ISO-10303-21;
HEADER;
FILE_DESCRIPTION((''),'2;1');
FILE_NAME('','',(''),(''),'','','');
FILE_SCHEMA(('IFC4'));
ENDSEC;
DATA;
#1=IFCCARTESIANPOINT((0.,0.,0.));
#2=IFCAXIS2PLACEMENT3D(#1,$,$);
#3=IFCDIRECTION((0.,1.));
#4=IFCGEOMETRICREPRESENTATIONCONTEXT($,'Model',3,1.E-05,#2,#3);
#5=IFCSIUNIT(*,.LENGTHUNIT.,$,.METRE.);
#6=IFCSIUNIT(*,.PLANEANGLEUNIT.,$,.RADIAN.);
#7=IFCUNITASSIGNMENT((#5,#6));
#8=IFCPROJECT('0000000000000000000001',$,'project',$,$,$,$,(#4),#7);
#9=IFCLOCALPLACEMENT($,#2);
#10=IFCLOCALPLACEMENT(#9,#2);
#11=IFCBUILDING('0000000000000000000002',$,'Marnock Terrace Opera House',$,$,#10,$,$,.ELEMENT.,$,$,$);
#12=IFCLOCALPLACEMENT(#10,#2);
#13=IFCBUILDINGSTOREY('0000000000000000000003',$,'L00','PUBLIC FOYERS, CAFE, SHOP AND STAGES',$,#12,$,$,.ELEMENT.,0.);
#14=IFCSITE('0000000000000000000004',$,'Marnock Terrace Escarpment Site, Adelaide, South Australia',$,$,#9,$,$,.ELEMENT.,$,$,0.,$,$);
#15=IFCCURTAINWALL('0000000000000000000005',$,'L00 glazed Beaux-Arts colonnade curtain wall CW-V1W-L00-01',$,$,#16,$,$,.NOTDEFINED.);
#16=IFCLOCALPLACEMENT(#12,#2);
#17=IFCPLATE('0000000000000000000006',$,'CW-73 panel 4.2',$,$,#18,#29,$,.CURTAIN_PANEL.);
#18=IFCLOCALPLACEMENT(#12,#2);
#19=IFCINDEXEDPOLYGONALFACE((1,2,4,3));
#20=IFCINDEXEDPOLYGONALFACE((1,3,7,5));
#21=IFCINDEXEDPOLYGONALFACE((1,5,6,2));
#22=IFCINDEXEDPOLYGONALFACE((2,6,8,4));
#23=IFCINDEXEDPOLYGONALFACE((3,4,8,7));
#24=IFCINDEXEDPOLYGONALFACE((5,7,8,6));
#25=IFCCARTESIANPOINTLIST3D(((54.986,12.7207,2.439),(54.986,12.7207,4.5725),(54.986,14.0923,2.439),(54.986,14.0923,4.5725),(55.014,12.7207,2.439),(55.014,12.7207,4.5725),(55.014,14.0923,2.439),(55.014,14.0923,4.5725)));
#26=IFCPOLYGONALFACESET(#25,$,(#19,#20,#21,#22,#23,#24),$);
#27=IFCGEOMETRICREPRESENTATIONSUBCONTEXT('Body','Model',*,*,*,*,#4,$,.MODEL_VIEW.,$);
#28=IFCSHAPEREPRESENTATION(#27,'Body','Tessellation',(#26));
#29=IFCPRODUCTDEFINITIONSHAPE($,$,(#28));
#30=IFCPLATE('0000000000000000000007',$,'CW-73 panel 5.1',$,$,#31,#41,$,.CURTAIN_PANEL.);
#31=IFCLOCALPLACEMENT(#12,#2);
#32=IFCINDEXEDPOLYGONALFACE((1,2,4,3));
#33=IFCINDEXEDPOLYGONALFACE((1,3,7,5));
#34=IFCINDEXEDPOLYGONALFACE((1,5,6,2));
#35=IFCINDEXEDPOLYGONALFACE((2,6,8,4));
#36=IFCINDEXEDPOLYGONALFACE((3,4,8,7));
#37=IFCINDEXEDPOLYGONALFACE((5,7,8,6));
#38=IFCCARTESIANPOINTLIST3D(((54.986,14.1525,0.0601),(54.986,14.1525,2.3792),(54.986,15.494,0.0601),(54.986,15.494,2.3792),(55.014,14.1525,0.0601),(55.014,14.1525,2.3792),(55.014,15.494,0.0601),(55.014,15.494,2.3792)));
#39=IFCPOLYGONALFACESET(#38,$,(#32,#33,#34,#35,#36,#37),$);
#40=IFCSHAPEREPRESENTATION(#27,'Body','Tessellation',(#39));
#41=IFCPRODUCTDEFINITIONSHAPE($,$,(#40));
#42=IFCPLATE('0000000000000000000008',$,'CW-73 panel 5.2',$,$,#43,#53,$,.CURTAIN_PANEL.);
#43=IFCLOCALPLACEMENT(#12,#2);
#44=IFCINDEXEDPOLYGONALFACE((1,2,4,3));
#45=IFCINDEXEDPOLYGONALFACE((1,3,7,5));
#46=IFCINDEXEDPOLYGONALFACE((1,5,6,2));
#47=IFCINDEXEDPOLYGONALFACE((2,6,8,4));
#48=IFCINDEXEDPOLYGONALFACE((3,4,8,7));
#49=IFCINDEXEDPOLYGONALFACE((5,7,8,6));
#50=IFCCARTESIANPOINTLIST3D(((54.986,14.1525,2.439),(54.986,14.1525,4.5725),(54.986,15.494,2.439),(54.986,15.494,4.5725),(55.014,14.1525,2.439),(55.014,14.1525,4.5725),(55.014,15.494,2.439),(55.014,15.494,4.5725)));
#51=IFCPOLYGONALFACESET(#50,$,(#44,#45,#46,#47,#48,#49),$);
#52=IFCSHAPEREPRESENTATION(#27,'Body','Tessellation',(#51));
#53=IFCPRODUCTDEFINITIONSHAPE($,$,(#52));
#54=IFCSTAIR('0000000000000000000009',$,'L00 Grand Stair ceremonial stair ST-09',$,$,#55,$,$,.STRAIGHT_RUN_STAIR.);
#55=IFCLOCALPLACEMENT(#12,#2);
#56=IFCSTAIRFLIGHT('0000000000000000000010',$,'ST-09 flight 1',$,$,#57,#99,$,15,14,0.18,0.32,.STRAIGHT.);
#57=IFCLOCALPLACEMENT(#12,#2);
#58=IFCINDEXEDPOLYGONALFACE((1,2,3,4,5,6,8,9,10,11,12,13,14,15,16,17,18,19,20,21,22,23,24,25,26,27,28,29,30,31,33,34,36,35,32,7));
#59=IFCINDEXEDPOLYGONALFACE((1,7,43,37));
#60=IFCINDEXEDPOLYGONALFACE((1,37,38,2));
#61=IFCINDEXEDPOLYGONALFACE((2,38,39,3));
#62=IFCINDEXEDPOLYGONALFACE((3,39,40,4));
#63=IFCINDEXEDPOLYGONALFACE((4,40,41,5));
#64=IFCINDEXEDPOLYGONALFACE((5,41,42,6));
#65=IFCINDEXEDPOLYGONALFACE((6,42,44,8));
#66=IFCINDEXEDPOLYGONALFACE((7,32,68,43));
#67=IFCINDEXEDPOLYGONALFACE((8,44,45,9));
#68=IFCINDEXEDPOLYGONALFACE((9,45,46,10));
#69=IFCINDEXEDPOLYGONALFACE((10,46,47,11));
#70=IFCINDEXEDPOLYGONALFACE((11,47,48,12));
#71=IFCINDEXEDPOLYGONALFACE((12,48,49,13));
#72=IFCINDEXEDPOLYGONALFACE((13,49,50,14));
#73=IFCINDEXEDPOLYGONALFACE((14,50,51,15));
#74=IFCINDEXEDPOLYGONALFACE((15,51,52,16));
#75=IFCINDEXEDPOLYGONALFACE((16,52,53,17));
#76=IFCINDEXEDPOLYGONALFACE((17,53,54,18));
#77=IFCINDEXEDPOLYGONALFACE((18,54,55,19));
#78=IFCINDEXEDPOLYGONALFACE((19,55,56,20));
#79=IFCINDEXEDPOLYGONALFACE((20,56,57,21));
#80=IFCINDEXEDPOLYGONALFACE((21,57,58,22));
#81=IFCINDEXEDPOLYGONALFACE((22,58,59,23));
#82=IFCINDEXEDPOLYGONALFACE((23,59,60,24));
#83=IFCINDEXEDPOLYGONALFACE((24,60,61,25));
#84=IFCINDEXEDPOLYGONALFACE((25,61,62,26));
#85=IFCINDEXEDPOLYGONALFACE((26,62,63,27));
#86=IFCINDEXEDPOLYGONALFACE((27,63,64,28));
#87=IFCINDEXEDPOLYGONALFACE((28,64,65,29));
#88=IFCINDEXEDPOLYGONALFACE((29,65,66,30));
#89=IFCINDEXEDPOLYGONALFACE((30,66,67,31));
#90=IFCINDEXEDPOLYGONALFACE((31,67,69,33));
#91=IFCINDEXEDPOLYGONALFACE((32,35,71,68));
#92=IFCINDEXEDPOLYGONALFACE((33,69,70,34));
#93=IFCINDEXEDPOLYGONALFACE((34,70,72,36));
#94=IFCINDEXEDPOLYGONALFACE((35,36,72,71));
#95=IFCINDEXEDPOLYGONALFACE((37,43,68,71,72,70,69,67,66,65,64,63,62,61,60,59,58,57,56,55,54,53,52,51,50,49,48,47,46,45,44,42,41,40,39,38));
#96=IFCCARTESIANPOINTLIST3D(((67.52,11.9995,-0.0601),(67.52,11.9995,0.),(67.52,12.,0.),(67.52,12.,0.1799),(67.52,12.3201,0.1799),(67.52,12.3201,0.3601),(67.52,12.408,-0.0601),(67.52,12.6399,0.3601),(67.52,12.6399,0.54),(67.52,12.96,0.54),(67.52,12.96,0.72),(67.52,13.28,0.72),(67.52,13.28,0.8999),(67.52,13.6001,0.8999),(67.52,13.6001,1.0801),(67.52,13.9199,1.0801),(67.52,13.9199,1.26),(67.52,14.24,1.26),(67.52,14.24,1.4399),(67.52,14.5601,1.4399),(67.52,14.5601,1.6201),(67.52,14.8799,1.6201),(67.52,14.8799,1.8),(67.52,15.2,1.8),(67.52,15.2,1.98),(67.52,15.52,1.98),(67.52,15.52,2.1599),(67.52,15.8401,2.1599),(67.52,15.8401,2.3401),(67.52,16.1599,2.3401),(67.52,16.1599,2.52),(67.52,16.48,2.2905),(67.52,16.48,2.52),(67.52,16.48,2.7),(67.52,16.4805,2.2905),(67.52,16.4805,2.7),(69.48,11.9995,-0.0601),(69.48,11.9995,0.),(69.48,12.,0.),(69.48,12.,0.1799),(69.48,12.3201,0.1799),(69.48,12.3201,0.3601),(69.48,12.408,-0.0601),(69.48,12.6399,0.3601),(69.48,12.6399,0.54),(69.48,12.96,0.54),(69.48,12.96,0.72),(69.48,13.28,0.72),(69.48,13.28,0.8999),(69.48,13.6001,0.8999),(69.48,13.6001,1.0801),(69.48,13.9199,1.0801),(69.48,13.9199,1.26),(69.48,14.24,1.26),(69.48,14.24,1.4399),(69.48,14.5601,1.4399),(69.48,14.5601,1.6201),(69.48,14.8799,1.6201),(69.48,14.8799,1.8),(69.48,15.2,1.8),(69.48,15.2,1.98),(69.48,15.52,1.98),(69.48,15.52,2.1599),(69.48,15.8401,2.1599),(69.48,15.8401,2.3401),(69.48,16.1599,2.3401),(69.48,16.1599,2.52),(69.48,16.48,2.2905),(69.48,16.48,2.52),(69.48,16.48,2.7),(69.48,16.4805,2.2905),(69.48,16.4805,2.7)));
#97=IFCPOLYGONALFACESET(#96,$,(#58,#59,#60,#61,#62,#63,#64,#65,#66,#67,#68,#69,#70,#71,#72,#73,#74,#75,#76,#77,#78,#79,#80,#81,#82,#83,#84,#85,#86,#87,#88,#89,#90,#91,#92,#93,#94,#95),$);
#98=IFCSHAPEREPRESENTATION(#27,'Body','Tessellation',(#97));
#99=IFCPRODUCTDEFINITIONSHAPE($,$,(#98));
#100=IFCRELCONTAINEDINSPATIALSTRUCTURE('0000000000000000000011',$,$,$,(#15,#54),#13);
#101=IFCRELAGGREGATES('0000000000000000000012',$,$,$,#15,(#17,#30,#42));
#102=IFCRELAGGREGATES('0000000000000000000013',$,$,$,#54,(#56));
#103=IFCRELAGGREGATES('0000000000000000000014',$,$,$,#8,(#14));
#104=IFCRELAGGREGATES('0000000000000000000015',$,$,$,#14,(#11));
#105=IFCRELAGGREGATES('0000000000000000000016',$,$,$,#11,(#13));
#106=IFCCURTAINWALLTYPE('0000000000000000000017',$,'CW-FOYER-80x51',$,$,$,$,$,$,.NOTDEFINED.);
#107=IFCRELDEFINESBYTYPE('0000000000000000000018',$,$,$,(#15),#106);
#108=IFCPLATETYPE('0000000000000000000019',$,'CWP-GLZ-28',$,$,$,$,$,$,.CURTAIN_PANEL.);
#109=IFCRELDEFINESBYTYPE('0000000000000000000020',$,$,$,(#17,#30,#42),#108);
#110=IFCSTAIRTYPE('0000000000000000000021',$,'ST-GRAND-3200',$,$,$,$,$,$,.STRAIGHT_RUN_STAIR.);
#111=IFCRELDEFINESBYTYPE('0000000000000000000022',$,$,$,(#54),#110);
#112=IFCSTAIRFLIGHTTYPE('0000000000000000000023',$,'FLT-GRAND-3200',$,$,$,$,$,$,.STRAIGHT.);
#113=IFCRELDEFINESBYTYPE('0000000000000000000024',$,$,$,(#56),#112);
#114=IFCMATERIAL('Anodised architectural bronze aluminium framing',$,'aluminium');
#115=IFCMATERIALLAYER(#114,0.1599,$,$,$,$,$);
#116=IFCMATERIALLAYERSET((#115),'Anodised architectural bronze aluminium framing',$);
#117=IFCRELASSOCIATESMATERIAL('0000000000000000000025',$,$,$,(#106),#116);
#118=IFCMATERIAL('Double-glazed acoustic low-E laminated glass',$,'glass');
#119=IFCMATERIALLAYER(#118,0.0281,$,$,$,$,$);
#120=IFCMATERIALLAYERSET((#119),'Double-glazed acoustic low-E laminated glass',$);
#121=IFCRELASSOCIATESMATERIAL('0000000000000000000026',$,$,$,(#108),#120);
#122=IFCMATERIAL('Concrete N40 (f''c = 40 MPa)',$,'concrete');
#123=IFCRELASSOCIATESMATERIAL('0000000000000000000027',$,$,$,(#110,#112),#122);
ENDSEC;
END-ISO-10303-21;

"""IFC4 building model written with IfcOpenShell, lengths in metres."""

from ifc_helpers import new_model, si_unit, direction, frame, origin, origin_2d, place, context, subcontext, project, spatial, polyline, rectangle, outline, extrude, material, layer, layer_set, type_object, element, aggregate, save


model = new_model("IFC4")

# Units and contexts
model_context = context("Model", 3, precision=1e-05, world=origin(), true_north=direction((0.0, 1.0)))
body_context = subcontext(model_context, "Body", "Model", "MODEL_VIEW")
ifc_project = project(units=[si_unit("LENGTHUNIT", "METRE"), si_unit("PLANEANGLEUNIT", "RADIAN")], contexts=[model_context])

# Site, building, storey
site_placement = place(None, origin())
site = spatial("IfcSite", under=ifc_project, at=site_placement, Name="Marnock Terrace Escarpment Site, Adelaide, South Australia", CompositionType="ELEMENT", RefElevation=0.0)
building_placement = place(site_placement, origin())
building = spatial("IfcBuilding", under=site, at=building_placement, Name="Marnock Terrace Opera House", CompositionType="ELEMENT")
storey_placement = place(building_placement, origin())
storey = spatial("IfcBuildingStorey", under=building, at=storey_placement, Name="L00", Description="PUBLIC FOYERS, CAFE, SHOP AND STAGES", CompositionType="ELEMENT", Elevation=0.0)

# Shared definitions
ifc_material_1 = material(Name="Concrete N40 (f'c = 40 MPa)", Category="concrete")

# Curtain wall, plates
ifc_material_2 = material(Name="Anodised architectural bronze aluminium framing", Category="aluminium")
ifc_layer_1 = layer(ifc_material_2, 0.1599)
ifc_layer_set_1 = layer_set([ifc_layer_1], Name="Anodised architectural bronze aluminium framing")
curtain_wall_type = type_object("IfcCurtainWallType", Name="CW-FOYER-80x51", PredefinedType="NOTDEFINED", material=ifc_layer_set_1)
curtain_wall_placement = place(storey_placement, origin())
curtain_wall = element("IfcCurtainWall", 1, at=curtain_wall_placement, inside=storey, type_object=curtain_wall_type, Name="L00 glazed Beaux-Arts colonnade curtain wall CW-V1W-L00-01", PredefinedType="NOTDEFINED")
ifc_material_3 = material(Name="Double-glazed acoustic low-E laminated glass", Category="glass")
ifc_layer_2 = layer(ifc_material_3, 0.0281)
ifc_layer_set_2 = layer_set([ifc_layer_2], Name="Double-glazed acoustic low-E laminated glass")
plate_type = type_object("IfcPlateType", Name="CWP-GLZ-28", PredefinedType="CURTAIN_PANEL", material=ifc_layer_set_2)
plate_1_placement = place(storey_placement, frame((55.0, 13.4065, 2.439), z_axis=(0.0, 0.0, 1.0), x_axis=(0.0, 1.0, 0.0)))
plate_1 = element("IfcPlate", 2, at=plate_1_placement, type_object=plate_type, Name="CW-73 panel 4.2", PredefinedType="CURTAIN_PANEL", context=body_context, shape_type="SweptSolid", body=[
    extrude(rectangle(XDim=1.3716, YDim=0.0281, at=origin_2d()), origin(), (0.0, 0.0, 1.0), 2.1335),
])
plate_2_placement = place(storey_placement, frame((55.0, 14.8232, 0.0601), z_axis=(0.0, 0.0, 1.0), x_axis=(0.0, 1.0, 0.0)))
plate_2 = element("IfcPlate", 3, at=plate_2_placement, type_object=plate_type, Name="CW-73 panel 5.1", PredefinedType="CURTAIN_PANEL", context=body_context, shape_type="SweptSolid", body=[
    extrude(rectangle(XDim=1.3416, YDim=0.0281, at=origin_2d()), origin(), (0.0, 0.0, 1.0), 2.3191),
])
plate_3_placement = place(storey_placement, frame((55.0, 14.8232, 2.439), z_axis=(0.0, 0.0, 1.0), x_axis=(0.0, 1.0, 0.0)))
plate_3 = element("IfcPlate", 4, at=plate_3_placement, type_object=plate_type, Name="CW-73 panel 5.2", PredefinedType="CURTAIN_PANEL", context=body_context, shape_type="SweptSolid", body=[
    extrude(rectangle(XDim=1.3416, YDim=0.0281, at=origin_2d()), origin(), (0.0, 0.0, 1.0), 2.1335),
])
aggregate(curtain_wall, [plate_1, plate_2, plate_3])

# Stair, stair flight
stair_type = type_object("IfcStairType", Name="ST-GRAND-3200", PredefinedType="STRAIGHT_RUN_STAIR", material=ifc_material_1)
stair_placement = place(storey_placement, origin())
stair = element("IfcStair", 5, at=stair_placement, inside=storey, type_object=stair_type, Name="L00 Grand Stair ceremonial stair ST-09", PredefinedType="STRAIGHT_RUN_STAIR")
stair_flight_type = type_object("IfcStairFlightType", Name="FLT-GRAND-3200", PredefinedType="STRAIGHT", material=ifc_material_1)
stair_flight_placement = place(storey_placement, frame((68.5, 12.0, 0.0), z_axis=(0.0, 0.0, 1.0), x_axis=(0.0, 1.0, 0.0)))
stair_flight = element("IfcStairFlight", 6, at=stair_flight_placement, type_object=stair_flight_type, Name="ST-09 flight 1", NumberOfRisers=15, NumberOfTreads=14, PredefinedType="STRAIGHT", RiserHeight=0.18, TreadLength=0.32, context=body_context, shape_type="SweptSolid", body=[
    extrude(outline(polyline([(-0.0005, -0.0601), (-0.0005, 0.0), (0.0, 0.0), (0.0, 0.1799), (0.3201, 0.1799), (0.3201, 0.3601), (0.6399, 0.3601), (0.6399, 0.54), (0.96, 0.54), (0.96, 0.72), (1.28, 0.72), (1.28, 0.8999), (1.6001, 0.8999), (1.6001, 1.0801), (1.9199, 1.0801), (1.9199, 1.26), (2.24, 1.26), (2.24, 1.4399), (2.5601, 1.4399), (2.5601, 1.6201), (2.8799, 1.6201), (2.8799, 1.8), (3.2, 1.8), (3.2, 1.98), (3.52, 1.98), (3.52, 2.1599), (3.8401, 2.1599), (3.8401, 2.3401), (4.1599, 2.3401), (4.1599, 2.52), (4.48, 2.52), (4.48, 2.7), (4.4805, 2.7), (4.4805, 2.2905), (4.48, 2.2905), (0.408, -0.0601), (-0.0005, -0.0601)])), frame((0.0, 0.98, 0.0), z_axis=(0.0, -1.0, 0.0), x_axis=(1.0, 0.0, 0.0)), (0.0, 0.0, 1.0), 1.96),
])
aggregate(stair, [stair_flight])

save(model, "model.ifc")
